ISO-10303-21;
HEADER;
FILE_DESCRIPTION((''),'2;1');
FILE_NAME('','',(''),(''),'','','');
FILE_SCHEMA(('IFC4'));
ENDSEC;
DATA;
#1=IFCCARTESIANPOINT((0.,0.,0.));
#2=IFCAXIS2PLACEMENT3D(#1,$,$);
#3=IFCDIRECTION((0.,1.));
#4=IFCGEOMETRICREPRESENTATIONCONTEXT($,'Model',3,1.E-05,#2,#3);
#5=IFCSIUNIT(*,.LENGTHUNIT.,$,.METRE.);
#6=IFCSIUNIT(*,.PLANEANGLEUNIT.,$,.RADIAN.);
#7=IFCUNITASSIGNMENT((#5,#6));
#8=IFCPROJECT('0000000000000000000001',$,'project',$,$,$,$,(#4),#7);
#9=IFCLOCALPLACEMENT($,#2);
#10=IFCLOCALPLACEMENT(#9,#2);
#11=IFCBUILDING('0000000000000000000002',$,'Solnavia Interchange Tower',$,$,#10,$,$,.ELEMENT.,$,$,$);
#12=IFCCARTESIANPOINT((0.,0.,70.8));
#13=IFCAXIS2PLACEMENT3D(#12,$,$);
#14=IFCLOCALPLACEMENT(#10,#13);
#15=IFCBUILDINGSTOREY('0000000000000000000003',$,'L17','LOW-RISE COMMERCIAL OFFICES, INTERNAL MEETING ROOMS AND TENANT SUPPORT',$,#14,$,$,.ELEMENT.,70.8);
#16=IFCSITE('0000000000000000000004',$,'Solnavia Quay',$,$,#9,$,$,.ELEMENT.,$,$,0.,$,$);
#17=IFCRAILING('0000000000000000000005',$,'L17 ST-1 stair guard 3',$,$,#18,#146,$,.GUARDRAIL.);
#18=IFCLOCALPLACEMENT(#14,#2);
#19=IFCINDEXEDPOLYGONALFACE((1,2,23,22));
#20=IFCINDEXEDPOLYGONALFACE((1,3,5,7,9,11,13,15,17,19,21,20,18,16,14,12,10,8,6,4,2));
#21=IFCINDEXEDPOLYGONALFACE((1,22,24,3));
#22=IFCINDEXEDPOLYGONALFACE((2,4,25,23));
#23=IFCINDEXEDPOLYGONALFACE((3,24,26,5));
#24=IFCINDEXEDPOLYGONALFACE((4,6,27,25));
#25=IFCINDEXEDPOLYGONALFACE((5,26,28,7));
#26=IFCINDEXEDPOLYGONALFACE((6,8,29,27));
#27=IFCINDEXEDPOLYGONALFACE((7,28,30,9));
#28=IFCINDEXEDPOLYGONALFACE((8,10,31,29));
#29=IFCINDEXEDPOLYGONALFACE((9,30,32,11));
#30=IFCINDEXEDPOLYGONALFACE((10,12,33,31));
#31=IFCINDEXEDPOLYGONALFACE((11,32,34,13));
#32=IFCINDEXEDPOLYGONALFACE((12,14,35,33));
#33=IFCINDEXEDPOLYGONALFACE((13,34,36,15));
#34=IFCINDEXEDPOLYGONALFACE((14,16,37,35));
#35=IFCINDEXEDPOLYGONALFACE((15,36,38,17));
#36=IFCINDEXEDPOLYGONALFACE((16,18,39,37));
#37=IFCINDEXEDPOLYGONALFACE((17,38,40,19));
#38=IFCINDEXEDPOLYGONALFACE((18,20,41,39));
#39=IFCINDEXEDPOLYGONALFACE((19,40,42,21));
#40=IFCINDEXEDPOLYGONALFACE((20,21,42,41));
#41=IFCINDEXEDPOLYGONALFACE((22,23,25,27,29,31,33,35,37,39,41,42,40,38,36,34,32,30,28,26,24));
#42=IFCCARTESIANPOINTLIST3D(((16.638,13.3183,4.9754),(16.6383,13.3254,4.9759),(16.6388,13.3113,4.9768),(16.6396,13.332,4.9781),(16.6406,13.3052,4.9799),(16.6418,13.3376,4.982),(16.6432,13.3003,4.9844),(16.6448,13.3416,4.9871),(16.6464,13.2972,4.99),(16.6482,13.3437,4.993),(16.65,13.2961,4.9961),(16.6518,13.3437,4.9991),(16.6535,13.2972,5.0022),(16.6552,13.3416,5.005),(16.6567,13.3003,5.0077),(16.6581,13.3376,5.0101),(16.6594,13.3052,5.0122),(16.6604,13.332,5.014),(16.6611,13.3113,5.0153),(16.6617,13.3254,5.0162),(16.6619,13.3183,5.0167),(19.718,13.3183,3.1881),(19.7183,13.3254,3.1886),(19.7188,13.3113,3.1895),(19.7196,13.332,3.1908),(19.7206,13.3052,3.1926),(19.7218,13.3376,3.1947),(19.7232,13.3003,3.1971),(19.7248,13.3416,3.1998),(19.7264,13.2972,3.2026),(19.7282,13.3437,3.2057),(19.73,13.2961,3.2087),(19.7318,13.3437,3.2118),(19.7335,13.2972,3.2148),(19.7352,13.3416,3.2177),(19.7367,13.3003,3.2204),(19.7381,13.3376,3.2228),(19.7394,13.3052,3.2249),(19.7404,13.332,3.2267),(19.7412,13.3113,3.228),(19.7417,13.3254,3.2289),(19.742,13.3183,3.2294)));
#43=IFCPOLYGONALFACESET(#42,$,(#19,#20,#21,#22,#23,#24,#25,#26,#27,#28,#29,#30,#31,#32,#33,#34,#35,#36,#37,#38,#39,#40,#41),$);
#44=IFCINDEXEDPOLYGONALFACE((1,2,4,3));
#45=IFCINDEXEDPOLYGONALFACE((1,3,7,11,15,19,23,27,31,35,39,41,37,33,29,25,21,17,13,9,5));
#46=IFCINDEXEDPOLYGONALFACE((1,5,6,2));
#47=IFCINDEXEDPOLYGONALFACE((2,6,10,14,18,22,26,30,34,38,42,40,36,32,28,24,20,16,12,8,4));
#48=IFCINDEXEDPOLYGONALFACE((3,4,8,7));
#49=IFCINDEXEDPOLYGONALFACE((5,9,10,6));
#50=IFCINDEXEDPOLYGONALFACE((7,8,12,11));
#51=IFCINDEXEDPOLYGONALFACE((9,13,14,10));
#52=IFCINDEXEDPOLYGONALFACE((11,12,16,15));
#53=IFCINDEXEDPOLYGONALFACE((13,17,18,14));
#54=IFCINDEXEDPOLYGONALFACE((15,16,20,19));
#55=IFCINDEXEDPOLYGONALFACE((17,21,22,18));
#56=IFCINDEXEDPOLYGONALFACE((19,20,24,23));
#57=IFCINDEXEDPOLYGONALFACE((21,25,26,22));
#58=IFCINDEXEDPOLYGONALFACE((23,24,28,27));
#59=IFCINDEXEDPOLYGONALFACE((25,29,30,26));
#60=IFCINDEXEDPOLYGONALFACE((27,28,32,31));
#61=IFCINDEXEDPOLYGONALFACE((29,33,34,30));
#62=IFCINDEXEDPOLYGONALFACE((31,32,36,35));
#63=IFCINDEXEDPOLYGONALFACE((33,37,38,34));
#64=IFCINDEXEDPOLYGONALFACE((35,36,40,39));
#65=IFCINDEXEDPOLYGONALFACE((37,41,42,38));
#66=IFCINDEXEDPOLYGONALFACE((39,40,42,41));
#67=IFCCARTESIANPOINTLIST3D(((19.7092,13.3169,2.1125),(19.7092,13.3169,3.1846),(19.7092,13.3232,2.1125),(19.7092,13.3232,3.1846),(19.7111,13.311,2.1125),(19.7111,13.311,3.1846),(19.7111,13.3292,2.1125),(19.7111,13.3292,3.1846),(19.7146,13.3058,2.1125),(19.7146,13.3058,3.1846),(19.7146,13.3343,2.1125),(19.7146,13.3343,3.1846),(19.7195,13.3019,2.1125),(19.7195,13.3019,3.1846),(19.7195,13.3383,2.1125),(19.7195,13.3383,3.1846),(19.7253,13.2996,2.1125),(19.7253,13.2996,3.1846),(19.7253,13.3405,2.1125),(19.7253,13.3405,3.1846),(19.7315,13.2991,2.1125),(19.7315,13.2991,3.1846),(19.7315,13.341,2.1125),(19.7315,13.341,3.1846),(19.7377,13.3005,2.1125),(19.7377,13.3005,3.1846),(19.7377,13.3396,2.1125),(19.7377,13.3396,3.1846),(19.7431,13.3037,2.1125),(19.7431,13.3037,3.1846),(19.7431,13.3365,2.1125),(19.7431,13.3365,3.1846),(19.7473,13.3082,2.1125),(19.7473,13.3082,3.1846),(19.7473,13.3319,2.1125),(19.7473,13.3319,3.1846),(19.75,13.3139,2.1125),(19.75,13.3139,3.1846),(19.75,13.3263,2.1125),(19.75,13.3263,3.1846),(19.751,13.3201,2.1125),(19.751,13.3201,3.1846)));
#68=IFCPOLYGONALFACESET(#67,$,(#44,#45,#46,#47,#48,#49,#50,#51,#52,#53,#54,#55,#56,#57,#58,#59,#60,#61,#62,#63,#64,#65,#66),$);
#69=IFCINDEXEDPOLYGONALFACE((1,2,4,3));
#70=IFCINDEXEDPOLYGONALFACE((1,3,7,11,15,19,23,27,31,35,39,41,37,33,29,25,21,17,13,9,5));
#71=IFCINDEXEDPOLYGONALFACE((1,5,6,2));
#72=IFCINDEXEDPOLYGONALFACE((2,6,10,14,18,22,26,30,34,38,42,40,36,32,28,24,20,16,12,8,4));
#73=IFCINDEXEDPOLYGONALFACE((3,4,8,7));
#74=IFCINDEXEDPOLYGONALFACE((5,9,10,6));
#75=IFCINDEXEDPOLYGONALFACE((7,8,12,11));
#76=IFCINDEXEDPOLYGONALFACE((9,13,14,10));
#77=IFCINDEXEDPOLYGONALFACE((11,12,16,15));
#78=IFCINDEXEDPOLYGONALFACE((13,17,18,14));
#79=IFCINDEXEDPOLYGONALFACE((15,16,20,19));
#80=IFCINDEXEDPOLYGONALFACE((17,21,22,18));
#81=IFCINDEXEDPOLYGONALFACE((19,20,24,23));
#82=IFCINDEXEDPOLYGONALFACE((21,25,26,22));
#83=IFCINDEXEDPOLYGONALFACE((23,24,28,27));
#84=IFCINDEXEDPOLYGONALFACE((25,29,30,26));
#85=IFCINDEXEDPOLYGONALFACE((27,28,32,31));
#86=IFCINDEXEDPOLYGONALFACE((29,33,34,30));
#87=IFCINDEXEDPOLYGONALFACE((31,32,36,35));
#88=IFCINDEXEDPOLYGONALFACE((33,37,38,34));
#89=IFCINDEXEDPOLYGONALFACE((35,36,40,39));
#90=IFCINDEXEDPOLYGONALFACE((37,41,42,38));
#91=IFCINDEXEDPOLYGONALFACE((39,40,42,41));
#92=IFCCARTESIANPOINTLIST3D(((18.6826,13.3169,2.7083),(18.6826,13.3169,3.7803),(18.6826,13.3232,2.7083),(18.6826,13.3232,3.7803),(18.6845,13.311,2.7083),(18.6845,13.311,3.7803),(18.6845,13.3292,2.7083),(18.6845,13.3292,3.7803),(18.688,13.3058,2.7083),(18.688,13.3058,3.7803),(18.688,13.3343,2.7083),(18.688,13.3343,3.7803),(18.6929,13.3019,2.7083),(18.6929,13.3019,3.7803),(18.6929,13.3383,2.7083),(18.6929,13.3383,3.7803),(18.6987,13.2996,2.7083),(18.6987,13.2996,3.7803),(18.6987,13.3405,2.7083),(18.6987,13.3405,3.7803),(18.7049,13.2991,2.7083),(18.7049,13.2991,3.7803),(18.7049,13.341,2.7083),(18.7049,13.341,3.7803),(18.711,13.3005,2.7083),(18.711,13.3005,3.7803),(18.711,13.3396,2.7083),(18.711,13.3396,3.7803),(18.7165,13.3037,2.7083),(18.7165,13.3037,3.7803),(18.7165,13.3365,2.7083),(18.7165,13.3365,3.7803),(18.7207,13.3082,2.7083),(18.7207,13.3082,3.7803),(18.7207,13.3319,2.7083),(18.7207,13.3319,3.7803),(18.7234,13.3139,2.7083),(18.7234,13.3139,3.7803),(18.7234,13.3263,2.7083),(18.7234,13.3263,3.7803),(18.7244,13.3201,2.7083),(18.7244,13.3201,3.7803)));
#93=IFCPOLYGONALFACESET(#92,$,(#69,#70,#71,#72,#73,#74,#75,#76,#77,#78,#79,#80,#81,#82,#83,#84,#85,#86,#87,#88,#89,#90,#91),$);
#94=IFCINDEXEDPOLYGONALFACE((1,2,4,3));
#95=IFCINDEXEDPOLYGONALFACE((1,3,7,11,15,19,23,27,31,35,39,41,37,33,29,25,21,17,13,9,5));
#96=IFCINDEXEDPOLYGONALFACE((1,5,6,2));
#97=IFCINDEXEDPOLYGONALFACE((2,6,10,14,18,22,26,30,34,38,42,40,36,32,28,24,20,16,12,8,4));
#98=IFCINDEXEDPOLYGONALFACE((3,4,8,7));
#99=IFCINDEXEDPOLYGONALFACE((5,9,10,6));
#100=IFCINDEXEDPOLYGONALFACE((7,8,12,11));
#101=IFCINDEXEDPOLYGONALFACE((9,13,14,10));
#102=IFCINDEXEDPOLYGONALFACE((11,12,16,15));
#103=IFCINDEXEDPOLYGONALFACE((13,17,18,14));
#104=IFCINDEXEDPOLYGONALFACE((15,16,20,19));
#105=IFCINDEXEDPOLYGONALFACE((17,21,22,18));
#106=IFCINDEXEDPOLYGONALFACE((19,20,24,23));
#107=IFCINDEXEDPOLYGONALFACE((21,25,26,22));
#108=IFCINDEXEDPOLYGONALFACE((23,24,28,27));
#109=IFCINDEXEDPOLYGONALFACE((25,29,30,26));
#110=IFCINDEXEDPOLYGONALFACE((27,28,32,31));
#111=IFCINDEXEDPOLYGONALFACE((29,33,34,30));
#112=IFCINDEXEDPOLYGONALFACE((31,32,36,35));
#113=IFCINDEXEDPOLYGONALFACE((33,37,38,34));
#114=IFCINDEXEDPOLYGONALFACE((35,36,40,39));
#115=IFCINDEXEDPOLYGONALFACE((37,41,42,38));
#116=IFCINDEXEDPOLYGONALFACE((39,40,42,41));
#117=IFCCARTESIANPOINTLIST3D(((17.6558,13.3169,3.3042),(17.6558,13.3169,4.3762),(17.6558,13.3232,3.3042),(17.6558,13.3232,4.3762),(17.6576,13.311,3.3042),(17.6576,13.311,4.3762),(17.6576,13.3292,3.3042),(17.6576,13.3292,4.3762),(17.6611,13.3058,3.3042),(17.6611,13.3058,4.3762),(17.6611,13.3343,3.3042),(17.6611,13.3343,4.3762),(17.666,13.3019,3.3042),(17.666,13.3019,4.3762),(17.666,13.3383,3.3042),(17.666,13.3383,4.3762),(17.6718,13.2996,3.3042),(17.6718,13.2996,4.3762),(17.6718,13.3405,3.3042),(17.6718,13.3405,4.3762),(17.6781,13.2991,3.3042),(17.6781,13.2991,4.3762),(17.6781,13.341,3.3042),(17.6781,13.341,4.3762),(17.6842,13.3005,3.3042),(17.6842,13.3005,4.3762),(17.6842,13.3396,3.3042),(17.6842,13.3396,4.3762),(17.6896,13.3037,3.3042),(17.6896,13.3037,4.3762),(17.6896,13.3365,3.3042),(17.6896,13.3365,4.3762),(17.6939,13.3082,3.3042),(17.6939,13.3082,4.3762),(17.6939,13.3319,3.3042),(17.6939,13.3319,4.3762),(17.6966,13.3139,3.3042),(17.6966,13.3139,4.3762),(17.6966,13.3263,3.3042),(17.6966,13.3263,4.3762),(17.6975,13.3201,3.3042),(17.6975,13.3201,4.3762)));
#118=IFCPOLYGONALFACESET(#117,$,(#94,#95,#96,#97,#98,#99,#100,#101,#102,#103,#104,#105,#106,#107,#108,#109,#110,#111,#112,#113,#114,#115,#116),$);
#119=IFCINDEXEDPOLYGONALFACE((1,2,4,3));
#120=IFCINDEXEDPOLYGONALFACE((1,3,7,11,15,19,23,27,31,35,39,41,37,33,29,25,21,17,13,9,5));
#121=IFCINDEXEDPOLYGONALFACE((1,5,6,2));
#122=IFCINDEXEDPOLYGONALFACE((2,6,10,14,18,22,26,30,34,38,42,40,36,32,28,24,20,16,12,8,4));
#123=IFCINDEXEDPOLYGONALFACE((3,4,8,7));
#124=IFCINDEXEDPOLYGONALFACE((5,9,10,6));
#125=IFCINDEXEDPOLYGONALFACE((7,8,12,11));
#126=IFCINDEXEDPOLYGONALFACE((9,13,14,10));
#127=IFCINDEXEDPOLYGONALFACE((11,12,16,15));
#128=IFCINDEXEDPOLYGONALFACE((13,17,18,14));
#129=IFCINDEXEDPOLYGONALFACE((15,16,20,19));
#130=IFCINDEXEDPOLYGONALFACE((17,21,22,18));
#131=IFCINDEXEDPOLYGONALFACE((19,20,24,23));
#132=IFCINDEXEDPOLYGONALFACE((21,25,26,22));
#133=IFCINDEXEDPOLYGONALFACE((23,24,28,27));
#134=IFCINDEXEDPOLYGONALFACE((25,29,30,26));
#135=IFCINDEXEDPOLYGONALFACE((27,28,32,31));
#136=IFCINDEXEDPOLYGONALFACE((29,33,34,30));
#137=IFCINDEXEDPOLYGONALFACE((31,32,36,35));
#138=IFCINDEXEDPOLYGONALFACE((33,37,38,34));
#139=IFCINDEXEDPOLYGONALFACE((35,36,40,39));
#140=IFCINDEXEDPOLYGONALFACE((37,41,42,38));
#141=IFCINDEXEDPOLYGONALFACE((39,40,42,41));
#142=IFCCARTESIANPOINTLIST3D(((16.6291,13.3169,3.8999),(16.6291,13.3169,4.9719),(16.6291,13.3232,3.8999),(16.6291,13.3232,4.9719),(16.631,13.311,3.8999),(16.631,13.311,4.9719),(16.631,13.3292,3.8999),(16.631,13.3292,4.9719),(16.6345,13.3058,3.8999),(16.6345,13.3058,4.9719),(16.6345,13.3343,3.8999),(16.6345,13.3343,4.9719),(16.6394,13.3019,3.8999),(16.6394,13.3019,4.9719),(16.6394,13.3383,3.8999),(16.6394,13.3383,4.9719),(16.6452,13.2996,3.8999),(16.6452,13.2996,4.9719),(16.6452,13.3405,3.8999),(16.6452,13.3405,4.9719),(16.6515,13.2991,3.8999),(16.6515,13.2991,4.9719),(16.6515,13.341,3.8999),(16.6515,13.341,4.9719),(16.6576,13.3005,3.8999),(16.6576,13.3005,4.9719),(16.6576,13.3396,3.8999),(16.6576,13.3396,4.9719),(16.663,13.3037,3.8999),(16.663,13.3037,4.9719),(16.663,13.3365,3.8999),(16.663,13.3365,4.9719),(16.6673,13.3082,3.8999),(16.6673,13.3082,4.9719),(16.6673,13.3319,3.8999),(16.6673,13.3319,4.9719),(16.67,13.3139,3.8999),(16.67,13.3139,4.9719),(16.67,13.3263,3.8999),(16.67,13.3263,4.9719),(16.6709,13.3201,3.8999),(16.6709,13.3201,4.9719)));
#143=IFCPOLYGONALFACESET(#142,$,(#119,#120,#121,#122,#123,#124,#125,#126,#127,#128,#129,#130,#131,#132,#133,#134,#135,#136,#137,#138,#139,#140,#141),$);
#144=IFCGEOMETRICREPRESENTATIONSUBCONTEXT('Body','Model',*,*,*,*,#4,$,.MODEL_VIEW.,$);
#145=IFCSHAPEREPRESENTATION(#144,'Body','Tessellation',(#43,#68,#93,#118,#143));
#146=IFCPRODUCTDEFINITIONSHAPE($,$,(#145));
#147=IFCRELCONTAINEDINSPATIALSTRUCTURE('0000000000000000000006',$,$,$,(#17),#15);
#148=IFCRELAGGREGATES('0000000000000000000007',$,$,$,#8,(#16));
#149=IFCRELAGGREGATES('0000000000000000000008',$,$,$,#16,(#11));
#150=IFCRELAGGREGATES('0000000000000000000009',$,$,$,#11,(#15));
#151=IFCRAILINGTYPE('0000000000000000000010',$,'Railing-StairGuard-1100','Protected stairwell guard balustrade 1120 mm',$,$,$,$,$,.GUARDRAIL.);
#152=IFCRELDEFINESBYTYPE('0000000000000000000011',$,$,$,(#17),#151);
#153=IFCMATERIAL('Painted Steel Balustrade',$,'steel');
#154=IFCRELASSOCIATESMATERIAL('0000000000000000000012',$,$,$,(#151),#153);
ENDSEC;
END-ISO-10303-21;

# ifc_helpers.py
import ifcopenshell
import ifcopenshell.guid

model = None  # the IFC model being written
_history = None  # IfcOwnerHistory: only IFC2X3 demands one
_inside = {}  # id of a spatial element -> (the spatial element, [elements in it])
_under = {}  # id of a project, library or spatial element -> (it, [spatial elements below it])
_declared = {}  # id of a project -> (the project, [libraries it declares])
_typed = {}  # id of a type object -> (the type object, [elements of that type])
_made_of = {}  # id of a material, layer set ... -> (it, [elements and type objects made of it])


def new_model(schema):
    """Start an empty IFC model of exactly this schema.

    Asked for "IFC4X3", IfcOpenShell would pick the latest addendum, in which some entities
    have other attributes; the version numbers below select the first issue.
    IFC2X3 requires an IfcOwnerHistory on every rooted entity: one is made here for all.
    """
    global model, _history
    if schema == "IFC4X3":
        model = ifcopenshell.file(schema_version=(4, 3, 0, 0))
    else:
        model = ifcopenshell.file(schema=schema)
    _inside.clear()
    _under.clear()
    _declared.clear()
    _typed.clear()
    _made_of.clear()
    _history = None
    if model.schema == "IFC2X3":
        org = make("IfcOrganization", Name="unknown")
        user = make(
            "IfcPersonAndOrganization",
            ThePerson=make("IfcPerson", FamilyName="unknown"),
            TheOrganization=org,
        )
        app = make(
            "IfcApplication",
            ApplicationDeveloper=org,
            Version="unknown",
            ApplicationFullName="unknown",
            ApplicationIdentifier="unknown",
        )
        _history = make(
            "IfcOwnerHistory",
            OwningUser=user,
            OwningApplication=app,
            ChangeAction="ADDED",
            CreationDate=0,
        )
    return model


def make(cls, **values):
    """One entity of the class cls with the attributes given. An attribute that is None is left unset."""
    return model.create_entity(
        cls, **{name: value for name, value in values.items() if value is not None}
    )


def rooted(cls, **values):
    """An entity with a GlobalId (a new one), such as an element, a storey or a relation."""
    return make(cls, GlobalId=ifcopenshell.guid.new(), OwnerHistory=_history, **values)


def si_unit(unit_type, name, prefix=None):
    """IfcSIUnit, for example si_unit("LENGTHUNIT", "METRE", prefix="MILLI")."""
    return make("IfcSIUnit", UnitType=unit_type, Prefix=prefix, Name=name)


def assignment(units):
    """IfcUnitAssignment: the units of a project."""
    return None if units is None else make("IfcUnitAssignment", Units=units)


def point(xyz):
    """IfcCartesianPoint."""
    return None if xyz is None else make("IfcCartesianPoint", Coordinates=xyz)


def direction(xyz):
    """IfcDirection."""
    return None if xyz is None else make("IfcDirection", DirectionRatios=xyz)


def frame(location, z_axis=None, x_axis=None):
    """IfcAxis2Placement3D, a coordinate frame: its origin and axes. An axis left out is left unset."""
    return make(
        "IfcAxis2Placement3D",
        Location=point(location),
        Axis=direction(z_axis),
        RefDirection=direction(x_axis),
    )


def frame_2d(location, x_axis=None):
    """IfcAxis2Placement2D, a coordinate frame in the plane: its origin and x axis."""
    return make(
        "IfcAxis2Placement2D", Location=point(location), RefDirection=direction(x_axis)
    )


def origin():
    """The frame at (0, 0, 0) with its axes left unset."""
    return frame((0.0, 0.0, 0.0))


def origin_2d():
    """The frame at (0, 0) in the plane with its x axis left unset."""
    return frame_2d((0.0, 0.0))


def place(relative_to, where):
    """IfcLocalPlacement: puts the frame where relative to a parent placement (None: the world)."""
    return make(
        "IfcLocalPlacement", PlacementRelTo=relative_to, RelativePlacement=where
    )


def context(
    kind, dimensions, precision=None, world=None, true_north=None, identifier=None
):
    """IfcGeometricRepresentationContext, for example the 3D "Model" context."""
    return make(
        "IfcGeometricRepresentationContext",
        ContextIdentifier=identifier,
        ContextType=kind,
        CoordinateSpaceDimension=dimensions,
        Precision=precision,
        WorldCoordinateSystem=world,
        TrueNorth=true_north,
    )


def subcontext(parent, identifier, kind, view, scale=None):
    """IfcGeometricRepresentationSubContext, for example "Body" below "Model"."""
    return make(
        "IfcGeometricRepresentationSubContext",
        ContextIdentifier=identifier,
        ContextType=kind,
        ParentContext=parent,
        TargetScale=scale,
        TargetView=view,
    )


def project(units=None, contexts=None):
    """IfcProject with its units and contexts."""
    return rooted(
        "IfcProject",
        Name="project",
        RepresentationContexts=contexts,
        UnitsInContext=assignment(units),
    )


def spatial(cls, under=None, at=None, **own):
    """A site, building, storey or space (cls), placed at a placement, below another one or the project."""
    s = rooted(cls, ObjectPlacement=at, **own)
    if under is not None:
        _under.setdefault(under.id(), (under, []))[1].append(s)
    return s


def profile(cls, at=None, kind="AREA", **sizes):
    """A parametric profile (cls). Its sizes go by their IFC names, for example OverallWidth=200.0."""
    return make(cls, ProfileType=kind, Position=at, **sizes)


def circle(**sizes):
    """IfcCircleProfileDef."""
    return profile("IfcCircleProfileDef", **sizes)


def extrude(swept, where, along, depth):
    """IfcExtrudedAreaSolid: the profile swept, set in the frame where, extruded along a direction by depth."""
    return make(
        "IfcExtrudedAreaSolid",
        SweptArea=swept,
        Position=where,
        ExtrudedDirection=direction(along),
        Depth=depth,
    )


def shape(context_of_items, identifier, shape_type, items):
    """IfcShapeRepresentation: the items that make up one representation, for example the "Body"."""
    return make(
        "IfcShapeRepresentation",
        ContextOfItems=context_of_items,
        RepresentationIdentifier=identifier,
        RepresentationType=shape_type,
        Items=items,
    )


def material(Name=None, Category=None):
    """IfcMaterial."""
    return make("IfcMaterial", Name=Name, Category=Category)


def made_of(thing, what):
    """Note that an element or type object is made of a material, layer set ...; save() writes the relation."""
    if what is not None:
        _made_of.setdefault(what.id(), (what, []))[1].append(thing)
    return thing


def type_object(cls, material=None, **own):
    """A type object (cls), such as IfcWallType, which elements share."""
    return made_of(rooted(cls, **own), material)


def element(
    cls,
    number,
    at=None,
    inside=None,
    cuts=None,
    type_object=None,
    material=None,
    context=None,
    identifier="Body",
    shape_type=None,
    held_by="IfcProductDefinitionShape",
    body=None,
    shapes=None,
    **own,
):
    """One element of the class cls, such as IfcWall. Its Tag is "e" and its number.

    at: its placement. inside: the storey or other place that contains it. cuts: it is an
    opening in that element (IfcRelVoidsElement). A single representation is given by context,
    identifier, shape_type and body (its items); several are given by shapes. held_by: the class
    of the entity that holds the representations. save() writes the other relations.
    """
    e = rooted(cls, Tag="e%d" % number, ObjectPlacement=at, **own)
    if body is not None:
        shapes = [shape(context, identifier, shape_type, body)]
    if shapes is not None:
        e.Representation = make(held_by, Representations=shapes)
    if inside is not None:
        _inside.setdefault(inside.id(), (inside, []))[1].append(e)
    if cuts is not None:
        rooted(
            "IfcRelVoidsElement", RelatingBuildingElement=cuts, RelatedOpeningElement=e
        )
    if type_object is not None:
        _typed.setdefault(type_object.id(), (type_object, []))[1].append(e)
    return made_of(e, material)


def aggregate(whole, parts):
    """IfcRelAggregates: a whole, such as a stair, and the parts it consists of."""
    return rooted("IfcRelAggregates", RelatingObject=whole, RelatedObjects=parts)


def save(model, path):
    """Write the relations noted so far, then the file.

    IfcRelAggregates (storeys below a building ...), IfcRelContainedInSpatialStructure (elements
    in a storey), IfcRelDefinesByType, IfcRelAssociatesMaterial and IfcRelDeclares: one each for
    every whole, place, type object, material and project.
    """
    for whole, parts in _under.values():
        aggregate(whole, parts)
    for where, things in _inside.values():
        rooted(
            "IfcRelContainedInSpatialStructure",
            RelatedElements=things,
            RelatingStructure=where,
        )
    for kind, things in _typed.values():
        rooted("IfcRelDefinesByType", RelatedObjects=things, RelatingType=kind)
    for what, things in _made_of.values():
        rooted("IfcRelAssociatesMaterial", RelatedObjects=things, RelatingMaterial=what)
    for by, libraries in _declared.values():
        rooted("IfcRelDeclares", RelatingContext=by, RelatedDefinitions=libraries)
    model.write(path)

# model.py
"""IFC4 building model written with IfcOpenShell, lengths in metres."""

from ifc_helpers import new_model, si_unit, direction, frame, origin, origin_2d, place, context, subcontext, project, spatial, circle, extrude, material, type_object, element, save


model = new_model("IFC4")

# Units and contexts
model_context = context("Model", 3, precision=1e-05, world=origin(), true_north=direction((0.0, 1.0)))
body_context = subcontext(model_context, "Body", "Model", "MODEL_VIEW")
ifc_project = project(units=[si_unit("LENGTHUNIT", "METRE"), si_unit("PLANEANGLEUNIT", "RADIAN")], contexts=[model_context])

# Site, building, storey
site_placement = place(None, origin())
site = spatial("IfcSite", under=ifc_project, at=site_placement, Name="Solnavia Quay", CompositionType="ELEMENT", RefElevation=0.0)
building_placement = place(site_placement, origin())
building = spatial("IfcBuilding", under=site, at=building_placement, Name="Solnavia Interchange Tower", CompositionType="ELEMENT")
storey_placement = place(building_placement, frame((0.0, 0.0, 70.8)))
storey = spatial("IfcBuildingStorey", under=building, at=storey_placement, Name="L17", Description="LOW-RISE COMMERCIAL OFFICES, INTERNAL MEETING ROOMS AND TENANT SUPPORT", CompositionType="ELEMENT", Elevation=70.8)

# Railing
ifc_material_1 = material(Name="Painted Steel Balustrade", Category="steel")
railing_type_1 = type_object("IfcRailingType", Name="Railing-StairGuard-1100", Description="Protected stairwell guard balustrade 1120 mm", PredefinedType="GUARDRAIL", material=ifc_material_1)
railing_1_placement = place(storey_placement, frame((19.73, 13.3201, 2.1125)))
element("IfcRailing", 1, at=railing_1_placement, inside=storey, type_object=railing_type_1, Name="L17 ST-1 stair guard 3", PredefinedType="GUARDRAIL", context=body_context, shape_type="SweptSolid", body=[
    extrude(circle(Radius=0.0239, at=origin_2d()), frame((0.0, 0.0, 1.0962), z_axis=(-0.86492, 0.0, 0.501909), x_axis=(0.0, -1.0, 0.0)), (0.0, 0.0, 1.0), 3.561),
    extrude(circle(Radius=0.021, at=origin_2d()), origin(), (0.0, 0.0, 1.0), 1.072),
    extrude(circle(Radius=0.021, at=origin_2d()), frame((-1.0266, 0.0, 0.5957)), (0.0, 0.0, 1.0), 1.072),
    extrude(circle(Radius=0.021, at=origin_2d()), frame((-2.0535, 0.0, 1.1917)), (0.0, 0.0, 1.0), 1.072),
    extrude(circle(Radius=0.021, at=origin_2d()), frame((-3.0801, 0.0, 1.7874)), (0.0, 0.0, 1.0), 1.072),
])

save(model, "model.ifc")
